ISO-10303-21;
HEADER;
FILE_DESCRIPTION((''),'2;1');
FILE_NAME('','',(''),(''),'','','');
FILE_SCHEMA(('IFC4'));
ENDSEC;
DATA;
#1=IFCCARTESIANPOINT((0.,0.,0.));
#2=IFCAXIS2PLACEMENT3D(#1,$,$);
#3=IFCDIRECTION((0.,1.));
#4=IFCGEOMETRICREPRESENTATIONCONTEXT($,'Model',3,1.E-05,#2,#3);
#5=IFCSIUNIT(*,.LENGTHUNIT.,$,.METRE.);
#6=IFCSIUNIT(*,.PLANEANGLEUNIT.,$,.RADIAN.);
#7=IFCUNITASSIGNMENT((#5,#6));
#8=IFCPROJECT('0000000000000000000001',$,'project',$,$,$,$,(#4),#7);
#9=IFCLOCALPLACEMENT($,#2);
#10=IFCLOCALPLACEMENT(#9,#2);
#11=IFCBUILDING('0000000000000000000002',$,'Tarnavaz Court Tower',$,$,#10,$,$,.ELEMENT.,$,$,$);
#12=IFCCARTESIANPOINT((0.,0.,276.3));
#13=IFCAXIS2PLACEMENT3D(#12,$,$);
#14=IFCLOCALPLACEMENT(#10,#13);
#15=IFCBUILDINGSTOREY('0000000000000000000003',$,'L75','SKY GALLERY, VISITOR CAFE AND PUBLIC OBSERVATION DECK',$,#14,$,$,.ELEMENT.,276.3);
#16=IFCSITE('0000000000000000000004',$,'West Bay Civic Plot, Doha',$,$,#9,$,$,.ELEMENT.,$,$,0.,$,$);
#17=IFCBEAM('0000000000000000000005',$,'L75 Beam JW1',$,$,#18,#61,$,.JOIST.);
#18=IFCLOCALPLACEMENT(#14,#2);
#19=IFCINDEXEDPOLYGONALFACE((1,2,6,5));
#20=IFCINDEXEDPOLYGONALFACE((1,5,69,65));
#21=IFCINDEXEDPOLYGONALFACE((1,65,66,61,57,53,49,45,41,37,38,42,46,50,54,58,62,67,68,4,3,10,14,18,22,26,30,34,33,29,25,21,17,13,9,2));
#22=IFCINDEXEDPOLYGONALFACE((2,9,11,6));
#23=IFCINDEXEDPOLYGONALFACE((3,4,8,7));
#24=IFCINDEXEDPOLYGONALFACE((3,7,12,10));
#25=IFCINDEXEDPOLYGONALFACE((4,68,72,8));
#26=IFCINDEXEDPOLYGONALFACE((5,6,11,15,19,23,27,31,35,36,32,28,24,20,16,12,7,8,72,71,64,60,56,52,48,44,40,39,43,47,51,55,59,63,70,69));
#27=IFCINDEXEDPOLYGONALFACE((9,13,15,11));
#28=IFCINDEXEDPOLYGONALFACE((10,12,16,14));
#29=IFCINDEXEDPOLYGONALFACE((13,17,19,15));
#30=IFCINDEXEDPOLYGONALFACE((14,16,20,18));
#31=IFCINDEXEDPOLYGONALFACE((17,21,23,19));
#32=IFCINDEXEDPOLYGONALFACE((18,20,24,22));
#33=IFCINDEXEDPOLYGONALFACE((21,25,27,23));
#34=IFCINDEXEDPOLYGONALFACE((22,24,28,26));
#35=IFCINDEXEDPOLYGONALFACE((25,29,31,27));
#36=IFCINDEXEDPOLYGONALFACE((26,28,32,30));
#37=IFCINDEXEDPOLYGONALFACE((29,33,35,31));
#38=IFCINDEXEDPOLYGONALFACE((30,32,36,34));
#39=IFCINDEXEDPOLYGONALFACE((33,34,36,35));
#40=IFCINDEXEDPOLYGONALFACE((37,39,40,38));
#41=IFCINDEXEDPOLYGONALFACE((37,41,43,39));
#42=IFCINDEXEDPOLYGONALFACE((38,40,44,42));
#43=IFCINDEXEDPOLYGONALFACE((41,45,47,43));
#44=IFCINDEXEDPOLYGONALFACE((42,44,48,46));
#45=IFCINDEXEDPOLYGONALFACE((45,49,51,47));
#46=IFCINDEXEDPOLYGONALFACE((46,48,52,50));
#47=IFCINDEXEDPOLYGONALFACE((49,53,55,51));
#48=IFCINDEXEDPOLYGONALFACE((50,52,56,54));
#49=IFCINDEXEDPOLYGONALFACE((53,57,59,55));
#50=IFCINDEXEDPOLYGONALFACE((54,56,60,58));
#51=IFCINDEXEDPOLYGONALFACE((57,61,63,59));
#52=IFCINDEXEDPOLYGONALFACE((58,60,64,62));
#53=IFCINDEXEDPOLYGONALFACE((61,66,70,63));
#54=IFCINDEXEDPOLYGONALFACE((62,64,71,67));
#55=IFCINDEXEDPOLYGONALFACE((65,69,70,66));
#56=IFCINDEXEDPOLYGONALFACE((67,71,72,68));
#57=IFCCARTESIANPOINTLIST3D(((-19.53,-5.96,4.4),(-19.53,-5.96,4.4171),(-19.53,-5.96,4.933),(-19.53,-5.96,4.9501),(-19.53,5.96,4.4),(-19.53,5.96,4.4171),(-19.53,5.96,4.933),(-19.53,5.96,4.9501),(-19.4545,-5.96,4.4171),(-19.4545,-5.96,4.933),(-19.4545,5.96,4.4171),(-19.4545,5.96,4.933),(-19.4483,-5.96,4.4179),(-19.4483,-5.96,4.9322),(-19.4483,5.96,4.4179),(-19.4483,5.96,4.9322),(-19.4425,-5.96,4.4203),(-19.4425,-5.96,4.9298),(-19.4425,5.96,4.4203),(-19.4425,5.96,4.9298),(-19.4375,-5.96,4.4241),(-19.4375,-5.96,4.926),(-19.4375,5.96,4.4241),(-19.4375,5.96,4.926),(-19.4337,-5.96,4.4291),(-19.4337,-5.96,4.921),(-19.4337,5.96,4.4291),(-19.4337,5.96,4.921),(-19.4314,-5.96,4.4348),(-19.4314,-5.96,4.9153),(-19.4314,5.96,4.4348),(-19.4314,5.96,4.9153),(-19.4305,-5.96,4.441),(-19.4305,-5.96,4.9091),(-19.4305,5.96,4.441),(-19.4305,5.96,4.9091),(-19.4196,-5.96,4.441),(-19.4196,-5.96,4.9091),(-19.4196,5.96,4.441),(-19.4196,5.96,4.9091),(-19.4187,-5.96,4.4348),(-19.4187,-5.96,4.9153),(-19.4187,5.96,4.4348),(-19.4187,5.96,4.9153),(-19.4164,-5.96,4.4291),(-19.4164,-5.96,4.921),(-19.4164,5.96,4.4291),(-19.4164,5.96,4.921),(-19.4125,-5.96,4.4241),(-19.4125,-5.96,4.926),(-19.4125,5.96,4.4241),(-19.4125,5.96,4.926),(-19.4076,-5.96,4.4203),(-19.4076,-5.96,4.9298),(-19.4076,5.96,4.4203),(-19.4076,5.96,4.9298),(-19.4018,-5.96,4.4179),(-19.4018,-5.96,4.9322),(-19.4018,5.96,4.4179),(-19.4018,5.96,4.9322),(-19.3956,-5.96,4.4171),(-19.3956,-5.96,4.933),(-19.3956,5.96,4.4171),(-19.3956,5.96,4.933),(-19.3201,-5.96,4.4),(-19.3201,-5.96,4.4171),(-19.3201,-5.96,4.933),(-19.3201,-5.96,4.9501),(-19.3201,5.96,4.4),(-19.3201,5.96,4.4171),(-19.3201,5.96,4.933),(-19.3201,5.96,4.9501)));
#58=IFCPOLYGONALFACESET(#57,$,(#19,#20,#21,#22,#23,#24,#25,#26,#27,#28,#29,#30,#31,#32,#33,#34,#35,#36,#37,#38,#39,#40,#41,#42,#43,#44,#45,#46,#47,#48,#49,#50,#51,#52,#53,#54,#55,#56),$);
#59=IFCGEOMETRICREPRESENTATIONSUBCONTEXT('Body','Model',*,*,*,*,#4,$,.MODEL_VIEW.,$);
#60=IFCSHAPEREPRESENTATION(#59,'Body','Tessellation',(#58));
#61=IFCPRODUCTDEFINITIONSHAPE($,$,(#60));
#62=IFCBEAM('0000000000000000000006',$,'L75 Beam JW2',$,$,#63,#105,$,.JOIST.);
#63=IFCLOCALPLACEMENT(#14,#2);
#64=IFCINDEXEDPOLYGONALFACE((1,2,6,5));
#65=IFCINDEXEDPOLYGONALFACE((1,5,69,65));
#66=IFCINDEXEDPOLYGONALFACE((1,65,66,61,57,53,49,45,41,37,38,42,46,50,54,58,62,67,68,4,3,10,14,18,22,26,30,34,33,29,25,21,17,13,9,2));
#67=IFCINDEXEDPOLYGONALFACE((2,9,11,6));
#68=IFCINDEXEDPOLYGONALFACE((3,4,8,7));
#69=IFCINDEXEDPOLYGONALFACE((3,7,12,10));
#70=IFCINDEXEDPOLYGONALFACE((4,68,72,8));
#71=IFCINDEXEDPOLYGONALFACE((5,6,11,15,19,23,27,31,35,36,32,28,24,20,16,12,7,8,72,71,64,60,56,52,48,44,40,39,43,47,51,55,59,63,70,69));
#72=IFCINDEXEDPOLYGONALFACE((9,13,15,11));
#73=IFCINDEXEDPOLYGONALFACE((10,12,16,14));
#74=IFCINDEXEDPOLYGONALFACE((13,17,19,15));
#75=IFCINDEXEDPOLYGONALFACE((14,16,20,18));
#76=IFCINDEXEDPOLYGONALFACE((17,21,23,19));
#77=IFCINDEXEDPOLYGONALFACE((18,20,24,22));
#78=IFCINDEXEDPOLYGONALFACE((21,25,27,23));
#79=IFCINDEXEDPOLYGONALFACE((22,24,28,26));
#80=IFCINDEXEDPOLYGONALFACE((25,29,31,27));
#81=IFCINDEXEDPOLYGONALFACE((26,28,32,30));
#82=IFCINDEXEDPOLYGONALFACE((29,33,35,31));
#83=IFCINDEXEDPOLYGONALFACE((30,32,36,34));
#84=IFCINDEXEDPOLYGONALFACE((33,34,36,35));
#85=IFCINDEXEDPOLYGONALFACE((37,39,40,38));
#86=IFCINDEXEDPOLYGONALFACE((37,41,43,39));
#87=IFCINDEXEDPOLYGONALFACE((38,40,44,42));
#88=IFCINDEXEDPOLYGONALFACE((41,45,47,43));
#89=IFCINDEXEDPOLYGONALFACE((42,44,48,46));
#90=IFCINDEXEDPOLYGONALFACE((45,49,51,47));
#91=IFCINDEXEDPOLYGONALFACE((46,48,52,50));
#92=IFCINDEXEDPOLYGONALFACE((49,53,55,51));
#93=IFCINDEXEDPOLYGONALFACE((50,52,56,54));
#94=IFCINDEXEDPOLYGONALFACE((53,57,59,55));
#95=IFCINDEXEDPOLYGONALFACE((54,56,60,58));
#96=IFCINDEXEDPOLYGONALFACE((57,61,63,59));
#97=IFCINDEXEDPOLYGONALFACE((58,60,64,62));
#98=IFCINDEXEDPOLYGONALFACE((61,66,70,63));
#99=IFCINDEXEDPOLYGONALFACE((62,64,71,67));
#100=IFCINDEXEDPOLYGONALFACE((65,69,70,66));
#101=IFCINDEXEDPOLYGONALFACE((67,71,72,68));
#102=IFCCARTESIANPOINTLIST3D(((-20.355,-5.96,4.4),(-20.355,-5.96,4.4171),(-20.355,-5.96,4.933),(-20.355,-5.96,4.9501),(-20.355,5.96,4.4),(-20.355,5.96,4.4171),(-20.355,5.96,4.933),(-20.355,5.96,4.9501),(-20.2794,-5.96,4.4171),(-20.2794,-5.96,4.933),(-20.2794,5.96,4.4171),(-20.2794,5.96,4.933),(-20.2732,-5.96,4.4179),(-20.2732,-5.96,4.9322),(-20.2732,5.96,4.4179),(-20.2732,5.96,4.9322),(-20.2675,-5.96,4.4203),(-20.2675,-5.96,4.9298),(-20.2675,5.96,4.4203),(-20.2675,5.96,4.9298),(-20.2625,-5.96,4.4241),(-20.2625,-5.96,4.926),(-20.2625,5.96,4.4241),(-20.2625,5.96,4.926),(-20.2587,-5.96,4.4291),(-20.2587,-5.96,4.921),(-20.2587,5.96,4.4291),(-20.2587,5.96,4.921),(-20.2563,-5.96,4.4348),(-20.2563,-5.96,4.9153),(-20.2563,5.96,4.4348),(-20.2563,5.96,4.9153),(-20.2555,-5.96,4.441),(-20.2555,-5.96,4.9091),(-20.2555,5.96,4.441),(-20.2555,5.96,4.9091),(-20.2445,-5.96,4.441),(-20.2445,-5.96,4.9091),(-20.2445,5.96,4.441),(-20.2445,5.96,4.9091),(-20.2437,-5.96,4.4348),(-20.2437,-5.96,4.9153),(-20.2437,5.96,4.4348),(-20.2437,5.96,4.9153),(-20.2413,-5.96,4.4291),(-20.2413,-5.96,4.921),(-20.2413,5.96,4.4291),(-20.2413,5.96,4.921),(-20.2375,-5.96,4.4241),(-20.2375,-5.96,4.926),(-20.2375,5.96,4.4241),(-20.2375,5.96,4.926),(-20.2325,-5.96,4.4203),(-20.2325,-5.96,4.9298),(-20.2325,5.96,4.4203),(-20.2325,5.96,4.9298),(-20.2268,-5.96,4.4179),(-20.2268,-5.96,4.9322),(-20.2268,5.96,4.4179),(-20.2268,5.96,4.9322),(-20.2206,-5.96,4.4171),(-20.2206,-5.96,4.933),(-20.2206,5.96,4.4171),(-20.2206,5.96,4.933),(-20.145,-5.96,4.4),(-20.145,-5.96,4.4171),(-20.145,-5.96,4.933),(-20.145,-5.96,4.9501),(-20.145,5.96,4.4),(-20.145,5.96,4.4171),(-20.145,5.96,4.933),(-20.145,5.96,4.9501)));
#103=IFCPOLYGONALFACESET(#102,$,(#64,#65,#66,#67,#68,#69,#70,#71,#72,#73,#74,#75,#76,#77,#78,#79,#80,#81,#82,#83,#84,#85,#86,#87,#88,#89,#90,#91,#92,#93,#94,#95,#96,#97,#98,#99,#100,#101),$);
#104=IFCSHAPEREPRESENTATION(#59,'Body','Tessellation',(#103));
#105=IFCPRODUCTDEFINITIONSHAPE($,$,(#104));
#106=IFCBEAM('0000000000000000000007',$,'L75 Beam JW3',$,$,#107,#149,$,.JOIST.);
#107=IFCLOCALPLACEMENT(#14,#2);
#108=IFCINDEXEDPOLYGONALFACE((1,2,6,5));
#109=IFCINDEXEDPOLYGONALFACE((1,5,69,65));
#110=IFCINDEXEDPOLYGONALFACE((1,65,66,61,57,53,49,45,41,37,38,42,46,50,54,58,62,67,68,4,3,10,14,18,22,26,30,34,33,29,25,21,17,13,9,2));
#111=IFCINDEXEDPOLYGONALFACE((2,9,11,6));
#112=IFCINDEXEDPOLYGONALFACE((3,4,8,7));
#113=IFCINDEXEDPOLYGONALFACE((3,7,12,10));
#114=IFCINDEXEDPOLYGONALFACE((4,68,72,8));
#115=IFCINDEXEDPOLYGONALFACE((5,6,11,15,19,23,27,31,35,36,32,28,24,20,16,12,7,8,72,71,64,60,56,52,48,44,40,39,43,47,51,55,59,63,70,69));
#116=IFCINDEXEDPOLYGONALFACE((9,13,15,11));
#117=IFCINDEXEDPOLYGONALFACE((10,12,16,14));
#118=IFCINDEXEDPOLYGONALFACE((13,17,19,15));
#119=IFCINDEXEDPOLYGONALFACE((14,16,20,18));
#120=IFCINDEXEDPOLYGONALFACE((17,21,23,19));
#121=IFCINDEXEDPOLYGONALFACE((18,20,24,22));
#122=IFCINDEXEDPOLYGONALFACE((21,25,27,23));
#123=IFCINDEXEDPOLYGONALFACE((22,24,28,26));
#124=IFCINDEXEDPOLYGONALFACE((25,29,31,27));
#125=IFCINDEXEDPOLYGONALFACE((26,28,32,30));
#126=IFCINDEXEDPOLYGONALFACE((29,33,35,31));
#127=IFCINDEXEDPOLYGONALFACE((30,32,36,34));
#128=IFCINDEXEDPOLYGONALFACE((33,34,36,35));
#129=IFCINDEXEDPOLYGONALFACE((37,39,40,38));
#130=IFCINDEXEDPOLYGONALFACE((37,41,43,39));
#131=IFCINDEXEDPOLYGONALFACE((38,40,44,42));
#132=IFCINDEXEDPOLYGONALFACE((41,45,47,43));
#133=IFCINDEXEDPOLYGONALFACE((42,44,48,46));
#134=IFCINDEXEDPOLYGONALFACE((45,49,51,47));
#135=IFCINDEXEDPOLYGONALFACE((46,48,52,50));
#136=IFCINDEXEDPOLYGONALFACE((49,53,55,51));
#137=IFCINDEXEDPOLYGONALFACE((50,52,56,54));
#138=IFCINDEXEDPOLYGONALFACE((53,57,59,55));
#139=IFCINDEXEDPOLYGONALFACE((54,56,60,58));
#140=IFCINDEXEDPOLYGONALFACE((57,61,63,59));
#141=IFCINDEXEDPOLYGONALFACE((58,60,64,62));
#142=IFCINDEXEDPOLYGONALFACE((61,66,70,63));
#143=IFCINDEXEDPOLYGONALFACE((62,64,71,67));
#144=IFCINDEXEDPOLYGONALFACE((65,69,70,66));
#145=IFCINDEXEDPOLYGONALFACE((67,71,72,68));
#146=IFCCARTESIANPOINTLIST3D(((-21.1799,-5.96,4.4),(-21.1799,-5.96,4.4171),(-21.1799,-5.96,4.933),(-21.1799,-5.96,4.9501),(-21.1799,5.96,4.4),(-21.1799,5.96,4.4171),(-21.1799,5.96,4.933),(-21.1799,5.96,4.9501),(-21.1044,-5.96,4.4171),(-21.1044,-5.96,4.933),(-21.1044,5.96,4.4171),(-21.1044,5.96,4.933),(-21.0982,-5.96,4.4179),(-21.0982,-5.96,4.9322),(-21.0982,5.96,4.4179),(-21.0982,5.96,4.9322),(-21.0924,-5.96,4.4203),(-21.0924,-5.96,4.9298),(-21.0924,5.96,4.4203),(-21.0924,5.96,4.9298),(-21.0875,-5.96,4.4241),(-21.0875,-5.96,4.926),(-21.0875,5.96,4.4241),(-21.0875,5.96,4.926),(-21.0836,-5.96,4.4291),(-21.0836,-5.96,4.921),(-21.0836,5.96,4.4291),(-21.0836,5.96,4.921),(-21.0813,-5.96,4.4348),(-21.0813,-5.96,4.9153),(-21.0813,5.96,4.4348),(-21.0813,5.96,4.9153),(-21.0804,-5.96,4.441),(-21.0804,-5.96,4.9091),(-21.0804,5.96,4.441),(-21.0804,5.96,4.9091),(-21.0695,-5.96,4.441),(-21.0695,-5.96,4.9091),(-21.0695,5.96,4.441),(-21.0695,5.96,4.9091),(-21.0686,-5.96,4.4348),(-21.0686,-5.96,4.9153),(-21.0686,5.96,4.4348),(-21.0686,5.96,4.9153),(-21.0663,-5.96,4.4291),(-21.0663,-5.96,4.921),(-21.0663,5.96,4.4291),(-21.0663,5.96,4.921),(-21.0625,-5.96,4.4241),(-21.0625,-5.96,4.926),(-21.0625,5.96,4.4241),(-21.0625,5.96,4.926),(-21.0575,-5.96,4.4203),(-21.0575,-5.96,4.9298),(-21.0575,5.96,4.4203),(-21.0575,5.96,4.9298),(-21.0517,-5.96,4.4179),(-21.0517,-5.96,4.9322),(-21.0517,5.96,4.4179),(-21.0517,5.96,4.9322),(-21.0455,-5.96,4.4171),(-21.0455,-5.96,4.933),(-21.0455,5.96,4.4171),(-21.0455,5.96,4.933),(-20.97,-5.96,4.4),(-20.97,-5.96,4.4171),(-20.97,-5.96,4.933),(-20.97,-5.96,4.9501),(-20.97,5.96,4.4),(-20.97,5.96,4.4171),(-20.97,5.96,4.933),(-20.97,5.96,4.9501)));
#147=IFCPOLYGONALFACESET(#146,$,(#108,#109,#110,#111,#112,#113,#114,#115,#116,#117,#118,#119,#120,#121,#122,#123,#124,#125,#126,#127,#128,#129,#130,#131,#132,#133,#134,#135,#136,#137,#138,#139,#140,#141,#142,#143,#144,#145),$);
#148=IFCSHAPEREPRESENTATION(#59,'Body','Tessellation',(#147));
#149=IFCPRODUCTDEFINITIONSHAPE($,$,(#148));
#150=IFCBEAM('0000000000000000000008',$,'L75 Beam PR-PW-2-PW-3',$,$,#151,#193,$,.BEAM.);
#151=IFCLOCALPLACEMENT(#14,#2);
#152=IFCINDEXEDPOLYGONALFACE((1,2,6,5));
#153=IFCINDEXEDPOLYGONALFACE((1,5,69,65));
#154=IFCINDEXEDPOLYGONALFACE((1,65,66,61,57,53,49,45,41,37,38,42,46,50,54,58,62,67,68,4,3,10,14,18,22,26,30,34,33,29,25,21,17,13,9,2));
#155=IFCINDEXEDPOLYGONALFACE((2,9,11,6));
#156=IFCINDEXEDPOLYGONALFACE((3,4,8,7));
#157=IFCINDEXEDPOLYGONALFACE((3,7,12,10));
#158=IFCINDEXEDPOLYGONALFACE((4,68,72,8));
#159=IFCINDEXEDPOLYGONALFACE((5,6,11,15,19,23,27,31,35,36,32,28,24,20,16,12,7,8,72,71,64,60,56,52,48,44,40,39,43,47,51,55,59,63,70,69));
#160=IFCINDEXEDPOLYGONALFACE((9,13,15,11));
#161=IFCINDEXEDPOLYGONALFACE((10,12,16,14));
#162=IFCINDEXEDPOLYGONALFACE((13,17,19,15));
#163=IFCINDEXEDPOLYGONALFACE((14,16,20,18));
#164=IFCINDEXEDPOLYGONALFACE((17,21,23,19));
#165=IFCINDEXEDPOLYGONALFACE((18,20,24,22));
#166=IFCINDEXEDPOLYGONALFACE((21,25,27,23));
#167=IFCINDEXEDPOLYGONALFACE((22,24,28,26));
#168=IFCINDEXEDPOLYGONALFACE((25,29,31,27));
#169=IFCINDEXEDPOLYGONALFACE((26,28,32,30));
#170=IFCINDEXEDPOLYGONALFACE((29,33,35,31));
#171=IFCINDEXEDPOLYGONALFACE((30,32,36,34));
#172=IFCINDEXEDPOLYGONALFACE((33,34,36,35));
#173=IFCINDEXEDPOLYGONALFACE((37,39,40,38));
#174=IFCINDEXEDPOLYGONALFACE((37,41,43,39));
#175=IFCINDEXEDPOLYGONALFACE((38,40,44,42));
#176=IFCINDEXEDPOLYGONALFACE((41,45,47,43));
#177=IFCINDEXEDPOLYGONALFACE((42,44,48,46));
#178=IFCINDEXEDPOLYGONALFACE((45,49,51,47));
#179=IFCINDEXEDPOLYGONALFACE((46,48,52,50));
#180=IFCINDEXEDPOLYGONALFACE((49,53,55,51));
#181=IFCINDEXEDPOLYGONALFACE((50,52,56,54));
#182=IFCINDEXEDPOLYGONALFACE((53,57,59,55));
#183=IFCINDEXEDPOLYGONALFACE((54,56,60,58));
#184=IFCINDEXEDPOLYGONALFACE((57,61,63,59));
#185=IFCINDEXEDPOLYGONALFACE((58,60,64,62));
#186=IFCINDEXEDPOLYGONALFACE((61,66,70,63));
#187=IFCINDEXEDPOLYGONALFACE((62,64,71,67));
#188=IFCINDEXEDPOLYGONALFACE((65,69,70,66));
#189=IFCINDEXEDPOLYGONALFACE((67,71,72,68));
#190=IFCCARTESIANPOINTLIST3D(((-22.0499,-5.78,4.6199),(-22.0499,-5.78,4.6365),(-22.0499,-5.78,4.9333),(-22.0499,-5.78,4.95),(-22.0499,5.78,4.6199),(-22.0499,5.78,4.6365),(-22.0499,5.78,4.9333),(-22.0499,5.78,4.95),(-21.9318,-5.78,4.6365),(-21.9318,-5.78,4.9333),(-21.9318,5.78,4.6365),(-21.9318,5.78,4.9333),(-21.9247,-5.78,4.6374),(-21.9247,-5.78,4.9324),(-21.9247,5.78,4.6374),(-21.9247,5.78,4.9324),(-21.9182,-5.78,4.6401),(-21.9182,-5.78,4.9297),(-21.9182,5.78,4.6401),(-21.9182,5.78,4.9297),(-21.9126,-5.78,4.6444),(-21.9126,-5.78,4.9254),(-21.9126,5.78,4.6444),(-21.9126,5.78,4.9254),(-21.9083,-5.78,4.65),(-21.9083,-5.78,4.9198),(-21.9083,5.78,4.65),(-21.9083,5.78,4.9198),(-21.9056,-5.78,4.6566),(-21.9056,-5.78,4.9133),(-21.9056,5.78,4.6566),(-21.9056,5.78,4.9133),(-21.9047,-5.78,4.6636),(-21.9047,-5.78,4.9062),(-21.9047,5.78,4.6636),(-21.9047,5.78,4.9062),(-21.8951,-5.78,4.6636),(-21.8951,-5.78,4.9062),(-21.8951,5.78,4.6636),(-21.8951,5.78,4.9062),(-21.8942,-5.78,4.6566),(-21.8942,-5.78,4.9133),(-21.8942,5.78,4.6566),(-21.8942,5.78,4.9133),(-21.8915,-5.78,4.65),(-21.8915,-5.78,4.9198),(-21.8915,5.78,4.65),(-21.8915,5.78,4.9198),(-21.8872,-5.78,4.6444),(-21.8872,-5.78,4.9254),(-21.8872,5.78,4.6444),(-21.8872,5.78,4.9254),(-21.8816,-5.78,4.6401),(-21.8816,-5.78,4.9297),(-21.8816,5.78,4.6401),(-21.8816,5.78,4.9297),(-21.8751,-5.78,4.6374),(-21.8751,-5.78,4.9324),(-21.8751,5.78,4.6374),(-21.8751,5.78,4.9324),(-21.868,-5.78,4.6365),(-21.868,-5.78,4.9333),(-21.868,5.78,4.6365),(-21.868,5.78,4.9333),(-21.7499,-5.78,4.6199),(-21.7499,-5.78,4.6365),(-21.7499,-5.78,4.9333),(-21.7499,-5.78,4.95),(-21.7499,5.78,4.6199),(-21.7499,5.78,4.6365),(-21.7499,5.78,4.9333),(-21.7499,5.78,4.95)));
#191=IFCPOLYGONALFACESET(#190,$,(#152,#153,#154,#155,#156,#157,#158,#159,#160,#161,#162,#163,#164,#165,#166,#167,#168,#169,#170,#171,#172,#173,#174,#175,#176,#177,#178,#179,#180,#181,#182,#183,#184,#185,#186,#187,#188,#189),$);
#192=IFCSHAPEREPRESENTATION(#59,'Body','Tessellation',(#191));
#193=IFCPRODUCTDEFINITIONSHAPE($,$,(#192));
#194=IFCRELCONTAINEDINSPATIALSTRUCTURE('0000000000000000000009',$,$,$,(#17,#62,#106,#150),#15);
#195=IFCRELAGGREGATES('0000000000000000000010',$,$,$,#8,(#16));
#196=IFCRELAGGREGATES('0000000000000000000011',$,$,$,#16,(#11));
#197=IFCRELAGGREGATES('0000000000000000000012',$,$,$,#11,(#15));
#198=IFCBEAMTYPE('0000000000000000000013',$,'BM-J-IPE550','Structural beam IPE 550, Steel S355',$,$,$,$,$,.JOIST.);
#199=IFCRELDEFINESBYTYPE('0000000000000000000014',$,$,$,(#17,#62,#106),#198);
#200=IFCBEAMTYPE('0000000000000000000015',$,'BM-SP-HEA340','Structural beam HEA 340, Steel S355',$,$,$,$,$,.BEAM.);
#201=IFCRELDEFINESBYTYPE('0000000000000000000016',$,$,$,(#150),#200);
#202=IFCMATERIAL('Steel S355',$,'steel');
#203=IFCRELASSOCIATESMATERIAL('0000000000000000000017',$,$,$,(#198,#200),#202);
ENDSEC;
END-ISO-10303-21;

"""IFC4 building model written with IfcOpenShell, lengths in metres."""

from ifc_helpers import new_model, si_unit, direction, frame, origin, origin_2d, place, context, subcontext, project, spatial, i_section, extrude, material, material_profile, profile_set, type_object, element, save


model = new_model("IFC4")

# Units and contexts
model_context = context("Model", 3, precision=1e-05, world=origin(), true_north=direction((0.0, 1.0)))
body_context = subcontext(model_context, "Body", "Model", "MODEL_VIEW")
ifc_project = project(units=[si_unit("LENGTHUNIT", "METRE"), si_unit("PLANEANGLEUNIT", "RADIAN")], contexts=[model_context])

# Site, building, storey
site_placement = place(None, origin())
site = spatial("IfcSite", under=ifc_project, at=site_placement, Name="West Bay Civic Plot, Doha", CompositionType="ELEMENT", RefElevation=0.0)
building_placement = place(site_placement, origin())
building = spatial("IfcBuilding", under=site, at=building_placement, Name="Tarnavaz Court Tower", CompositionType="ELEMENT")
storey_placement = place(building_placement, frame((0.0, 0.0, 276.3)))
storey = spatial("IfcBuildingStorey", under=building, at=storey_placement, Name="L75", Description="SKY GALLERY, VISITOR CAFE AND PUBLIC OBSERVATION DECK", CompositionType="ELEMENT", Elevation=276.3)

# Beams
ifc_material_1 = material(Name="Steel S355", Category="steel")
ifc_material_profile_1 = material_profile(ifc_material_1, i_section(OverallWidth=0.21, OverallDepth=0.55, WebThickness=0.011, FlangeThickness=0.0171, FilletRadius=0.0239, at=origin_2d()), Name="IPE 550")
ifc_profile_set_1 = profile_set([ifc_material_profile_1], Name="Steel S355")
beam_type_1 = type_object("IfcBeamType", Name="BM-J-IPE550", Description="Structural beam IPE 550, Steel S355", PredefinedType="JOIST", material=ifc_profile_set_1)
for number, where, z_axis, x_axis, name in (
    (1, (-19.425, -5.96, 4.675), (0.0, 1.0, 0.0), (-1.0, 0.0, 0.0), "L75 Beam JW1"),
    (2, (-20.25, -5.96, 4.675), (0.0, 1.0, 0.0), (-1.0, 0.0, 0.0), "L75 Beam JW2"),
    (3, (-21.075, -5.96, 4.675), (0.0, 1.0, 0.0), (-1.0, 0.0, 0.0), "L75 Beam JW3"),
):
    element("IfcBeam", number, at=place(storey_placement, frame(where, z_axis=z_axis, x_axis=x_axis)), inside=storey, type_object=beam_type_1, Name=name, PredefinedType="JOIST", context=body_context, shape_type="SweptSolid", body=[
        extrude(i_section(OverallWidth=0.21, OverallDepth=0.55, WebThickness=0.011, FlangeThickness=0.0171, FilletRadius=0.0239, at=origin_2d()), origin(), (0.0, 0.0, 1.0), 11.9199),
    ])
ifc_material_profile_2 = material_profile(ifc_material_1, i_section(OverallWidth=0.3, OverallDepth=0.3301, WebThickness=0.0095, FlangeThickness=0.0166, FilletRadius=0.0271, at=origin_2d()), Name="HEA 340")
ifc_profile_set_2 = profile_set([ifc_material_profile_2], Name="Steel S355")
beam_type_2 = type_object("IfcBeamType", Name="BM-SP-HEA340", Description="Structural beam HEA 340, Steel S355", PredefinedType="BEAM", material=ifc_profile_set_2)
beam_1_placement = place(storey_placement, frame((-21.8999, -5.78, 4.7849), z_axis=(0.0, 1.0, 0.0), x_axis=(-1.0, 0.0, 0.0)))
element("IfcBeam", 4, at=beam_1_placement, inside=storey, type_object=beam_type_2, Name="L75 Beam PR-PW-2-PW-3", PredefinedType="BEAM", context=body_context, shape_type="SweptSolid", body=[
    extrude(i_section(OverallWidth=0.3, OverallDepth=0.3301, WebThickness=0.0095, FlangeThickness=0.0166, FilletRadius=0.0271, at=origin_2d()), origin(), (0.0, 0.0, 1.0), 11.5601),
])

save(model, "model.ifc")
